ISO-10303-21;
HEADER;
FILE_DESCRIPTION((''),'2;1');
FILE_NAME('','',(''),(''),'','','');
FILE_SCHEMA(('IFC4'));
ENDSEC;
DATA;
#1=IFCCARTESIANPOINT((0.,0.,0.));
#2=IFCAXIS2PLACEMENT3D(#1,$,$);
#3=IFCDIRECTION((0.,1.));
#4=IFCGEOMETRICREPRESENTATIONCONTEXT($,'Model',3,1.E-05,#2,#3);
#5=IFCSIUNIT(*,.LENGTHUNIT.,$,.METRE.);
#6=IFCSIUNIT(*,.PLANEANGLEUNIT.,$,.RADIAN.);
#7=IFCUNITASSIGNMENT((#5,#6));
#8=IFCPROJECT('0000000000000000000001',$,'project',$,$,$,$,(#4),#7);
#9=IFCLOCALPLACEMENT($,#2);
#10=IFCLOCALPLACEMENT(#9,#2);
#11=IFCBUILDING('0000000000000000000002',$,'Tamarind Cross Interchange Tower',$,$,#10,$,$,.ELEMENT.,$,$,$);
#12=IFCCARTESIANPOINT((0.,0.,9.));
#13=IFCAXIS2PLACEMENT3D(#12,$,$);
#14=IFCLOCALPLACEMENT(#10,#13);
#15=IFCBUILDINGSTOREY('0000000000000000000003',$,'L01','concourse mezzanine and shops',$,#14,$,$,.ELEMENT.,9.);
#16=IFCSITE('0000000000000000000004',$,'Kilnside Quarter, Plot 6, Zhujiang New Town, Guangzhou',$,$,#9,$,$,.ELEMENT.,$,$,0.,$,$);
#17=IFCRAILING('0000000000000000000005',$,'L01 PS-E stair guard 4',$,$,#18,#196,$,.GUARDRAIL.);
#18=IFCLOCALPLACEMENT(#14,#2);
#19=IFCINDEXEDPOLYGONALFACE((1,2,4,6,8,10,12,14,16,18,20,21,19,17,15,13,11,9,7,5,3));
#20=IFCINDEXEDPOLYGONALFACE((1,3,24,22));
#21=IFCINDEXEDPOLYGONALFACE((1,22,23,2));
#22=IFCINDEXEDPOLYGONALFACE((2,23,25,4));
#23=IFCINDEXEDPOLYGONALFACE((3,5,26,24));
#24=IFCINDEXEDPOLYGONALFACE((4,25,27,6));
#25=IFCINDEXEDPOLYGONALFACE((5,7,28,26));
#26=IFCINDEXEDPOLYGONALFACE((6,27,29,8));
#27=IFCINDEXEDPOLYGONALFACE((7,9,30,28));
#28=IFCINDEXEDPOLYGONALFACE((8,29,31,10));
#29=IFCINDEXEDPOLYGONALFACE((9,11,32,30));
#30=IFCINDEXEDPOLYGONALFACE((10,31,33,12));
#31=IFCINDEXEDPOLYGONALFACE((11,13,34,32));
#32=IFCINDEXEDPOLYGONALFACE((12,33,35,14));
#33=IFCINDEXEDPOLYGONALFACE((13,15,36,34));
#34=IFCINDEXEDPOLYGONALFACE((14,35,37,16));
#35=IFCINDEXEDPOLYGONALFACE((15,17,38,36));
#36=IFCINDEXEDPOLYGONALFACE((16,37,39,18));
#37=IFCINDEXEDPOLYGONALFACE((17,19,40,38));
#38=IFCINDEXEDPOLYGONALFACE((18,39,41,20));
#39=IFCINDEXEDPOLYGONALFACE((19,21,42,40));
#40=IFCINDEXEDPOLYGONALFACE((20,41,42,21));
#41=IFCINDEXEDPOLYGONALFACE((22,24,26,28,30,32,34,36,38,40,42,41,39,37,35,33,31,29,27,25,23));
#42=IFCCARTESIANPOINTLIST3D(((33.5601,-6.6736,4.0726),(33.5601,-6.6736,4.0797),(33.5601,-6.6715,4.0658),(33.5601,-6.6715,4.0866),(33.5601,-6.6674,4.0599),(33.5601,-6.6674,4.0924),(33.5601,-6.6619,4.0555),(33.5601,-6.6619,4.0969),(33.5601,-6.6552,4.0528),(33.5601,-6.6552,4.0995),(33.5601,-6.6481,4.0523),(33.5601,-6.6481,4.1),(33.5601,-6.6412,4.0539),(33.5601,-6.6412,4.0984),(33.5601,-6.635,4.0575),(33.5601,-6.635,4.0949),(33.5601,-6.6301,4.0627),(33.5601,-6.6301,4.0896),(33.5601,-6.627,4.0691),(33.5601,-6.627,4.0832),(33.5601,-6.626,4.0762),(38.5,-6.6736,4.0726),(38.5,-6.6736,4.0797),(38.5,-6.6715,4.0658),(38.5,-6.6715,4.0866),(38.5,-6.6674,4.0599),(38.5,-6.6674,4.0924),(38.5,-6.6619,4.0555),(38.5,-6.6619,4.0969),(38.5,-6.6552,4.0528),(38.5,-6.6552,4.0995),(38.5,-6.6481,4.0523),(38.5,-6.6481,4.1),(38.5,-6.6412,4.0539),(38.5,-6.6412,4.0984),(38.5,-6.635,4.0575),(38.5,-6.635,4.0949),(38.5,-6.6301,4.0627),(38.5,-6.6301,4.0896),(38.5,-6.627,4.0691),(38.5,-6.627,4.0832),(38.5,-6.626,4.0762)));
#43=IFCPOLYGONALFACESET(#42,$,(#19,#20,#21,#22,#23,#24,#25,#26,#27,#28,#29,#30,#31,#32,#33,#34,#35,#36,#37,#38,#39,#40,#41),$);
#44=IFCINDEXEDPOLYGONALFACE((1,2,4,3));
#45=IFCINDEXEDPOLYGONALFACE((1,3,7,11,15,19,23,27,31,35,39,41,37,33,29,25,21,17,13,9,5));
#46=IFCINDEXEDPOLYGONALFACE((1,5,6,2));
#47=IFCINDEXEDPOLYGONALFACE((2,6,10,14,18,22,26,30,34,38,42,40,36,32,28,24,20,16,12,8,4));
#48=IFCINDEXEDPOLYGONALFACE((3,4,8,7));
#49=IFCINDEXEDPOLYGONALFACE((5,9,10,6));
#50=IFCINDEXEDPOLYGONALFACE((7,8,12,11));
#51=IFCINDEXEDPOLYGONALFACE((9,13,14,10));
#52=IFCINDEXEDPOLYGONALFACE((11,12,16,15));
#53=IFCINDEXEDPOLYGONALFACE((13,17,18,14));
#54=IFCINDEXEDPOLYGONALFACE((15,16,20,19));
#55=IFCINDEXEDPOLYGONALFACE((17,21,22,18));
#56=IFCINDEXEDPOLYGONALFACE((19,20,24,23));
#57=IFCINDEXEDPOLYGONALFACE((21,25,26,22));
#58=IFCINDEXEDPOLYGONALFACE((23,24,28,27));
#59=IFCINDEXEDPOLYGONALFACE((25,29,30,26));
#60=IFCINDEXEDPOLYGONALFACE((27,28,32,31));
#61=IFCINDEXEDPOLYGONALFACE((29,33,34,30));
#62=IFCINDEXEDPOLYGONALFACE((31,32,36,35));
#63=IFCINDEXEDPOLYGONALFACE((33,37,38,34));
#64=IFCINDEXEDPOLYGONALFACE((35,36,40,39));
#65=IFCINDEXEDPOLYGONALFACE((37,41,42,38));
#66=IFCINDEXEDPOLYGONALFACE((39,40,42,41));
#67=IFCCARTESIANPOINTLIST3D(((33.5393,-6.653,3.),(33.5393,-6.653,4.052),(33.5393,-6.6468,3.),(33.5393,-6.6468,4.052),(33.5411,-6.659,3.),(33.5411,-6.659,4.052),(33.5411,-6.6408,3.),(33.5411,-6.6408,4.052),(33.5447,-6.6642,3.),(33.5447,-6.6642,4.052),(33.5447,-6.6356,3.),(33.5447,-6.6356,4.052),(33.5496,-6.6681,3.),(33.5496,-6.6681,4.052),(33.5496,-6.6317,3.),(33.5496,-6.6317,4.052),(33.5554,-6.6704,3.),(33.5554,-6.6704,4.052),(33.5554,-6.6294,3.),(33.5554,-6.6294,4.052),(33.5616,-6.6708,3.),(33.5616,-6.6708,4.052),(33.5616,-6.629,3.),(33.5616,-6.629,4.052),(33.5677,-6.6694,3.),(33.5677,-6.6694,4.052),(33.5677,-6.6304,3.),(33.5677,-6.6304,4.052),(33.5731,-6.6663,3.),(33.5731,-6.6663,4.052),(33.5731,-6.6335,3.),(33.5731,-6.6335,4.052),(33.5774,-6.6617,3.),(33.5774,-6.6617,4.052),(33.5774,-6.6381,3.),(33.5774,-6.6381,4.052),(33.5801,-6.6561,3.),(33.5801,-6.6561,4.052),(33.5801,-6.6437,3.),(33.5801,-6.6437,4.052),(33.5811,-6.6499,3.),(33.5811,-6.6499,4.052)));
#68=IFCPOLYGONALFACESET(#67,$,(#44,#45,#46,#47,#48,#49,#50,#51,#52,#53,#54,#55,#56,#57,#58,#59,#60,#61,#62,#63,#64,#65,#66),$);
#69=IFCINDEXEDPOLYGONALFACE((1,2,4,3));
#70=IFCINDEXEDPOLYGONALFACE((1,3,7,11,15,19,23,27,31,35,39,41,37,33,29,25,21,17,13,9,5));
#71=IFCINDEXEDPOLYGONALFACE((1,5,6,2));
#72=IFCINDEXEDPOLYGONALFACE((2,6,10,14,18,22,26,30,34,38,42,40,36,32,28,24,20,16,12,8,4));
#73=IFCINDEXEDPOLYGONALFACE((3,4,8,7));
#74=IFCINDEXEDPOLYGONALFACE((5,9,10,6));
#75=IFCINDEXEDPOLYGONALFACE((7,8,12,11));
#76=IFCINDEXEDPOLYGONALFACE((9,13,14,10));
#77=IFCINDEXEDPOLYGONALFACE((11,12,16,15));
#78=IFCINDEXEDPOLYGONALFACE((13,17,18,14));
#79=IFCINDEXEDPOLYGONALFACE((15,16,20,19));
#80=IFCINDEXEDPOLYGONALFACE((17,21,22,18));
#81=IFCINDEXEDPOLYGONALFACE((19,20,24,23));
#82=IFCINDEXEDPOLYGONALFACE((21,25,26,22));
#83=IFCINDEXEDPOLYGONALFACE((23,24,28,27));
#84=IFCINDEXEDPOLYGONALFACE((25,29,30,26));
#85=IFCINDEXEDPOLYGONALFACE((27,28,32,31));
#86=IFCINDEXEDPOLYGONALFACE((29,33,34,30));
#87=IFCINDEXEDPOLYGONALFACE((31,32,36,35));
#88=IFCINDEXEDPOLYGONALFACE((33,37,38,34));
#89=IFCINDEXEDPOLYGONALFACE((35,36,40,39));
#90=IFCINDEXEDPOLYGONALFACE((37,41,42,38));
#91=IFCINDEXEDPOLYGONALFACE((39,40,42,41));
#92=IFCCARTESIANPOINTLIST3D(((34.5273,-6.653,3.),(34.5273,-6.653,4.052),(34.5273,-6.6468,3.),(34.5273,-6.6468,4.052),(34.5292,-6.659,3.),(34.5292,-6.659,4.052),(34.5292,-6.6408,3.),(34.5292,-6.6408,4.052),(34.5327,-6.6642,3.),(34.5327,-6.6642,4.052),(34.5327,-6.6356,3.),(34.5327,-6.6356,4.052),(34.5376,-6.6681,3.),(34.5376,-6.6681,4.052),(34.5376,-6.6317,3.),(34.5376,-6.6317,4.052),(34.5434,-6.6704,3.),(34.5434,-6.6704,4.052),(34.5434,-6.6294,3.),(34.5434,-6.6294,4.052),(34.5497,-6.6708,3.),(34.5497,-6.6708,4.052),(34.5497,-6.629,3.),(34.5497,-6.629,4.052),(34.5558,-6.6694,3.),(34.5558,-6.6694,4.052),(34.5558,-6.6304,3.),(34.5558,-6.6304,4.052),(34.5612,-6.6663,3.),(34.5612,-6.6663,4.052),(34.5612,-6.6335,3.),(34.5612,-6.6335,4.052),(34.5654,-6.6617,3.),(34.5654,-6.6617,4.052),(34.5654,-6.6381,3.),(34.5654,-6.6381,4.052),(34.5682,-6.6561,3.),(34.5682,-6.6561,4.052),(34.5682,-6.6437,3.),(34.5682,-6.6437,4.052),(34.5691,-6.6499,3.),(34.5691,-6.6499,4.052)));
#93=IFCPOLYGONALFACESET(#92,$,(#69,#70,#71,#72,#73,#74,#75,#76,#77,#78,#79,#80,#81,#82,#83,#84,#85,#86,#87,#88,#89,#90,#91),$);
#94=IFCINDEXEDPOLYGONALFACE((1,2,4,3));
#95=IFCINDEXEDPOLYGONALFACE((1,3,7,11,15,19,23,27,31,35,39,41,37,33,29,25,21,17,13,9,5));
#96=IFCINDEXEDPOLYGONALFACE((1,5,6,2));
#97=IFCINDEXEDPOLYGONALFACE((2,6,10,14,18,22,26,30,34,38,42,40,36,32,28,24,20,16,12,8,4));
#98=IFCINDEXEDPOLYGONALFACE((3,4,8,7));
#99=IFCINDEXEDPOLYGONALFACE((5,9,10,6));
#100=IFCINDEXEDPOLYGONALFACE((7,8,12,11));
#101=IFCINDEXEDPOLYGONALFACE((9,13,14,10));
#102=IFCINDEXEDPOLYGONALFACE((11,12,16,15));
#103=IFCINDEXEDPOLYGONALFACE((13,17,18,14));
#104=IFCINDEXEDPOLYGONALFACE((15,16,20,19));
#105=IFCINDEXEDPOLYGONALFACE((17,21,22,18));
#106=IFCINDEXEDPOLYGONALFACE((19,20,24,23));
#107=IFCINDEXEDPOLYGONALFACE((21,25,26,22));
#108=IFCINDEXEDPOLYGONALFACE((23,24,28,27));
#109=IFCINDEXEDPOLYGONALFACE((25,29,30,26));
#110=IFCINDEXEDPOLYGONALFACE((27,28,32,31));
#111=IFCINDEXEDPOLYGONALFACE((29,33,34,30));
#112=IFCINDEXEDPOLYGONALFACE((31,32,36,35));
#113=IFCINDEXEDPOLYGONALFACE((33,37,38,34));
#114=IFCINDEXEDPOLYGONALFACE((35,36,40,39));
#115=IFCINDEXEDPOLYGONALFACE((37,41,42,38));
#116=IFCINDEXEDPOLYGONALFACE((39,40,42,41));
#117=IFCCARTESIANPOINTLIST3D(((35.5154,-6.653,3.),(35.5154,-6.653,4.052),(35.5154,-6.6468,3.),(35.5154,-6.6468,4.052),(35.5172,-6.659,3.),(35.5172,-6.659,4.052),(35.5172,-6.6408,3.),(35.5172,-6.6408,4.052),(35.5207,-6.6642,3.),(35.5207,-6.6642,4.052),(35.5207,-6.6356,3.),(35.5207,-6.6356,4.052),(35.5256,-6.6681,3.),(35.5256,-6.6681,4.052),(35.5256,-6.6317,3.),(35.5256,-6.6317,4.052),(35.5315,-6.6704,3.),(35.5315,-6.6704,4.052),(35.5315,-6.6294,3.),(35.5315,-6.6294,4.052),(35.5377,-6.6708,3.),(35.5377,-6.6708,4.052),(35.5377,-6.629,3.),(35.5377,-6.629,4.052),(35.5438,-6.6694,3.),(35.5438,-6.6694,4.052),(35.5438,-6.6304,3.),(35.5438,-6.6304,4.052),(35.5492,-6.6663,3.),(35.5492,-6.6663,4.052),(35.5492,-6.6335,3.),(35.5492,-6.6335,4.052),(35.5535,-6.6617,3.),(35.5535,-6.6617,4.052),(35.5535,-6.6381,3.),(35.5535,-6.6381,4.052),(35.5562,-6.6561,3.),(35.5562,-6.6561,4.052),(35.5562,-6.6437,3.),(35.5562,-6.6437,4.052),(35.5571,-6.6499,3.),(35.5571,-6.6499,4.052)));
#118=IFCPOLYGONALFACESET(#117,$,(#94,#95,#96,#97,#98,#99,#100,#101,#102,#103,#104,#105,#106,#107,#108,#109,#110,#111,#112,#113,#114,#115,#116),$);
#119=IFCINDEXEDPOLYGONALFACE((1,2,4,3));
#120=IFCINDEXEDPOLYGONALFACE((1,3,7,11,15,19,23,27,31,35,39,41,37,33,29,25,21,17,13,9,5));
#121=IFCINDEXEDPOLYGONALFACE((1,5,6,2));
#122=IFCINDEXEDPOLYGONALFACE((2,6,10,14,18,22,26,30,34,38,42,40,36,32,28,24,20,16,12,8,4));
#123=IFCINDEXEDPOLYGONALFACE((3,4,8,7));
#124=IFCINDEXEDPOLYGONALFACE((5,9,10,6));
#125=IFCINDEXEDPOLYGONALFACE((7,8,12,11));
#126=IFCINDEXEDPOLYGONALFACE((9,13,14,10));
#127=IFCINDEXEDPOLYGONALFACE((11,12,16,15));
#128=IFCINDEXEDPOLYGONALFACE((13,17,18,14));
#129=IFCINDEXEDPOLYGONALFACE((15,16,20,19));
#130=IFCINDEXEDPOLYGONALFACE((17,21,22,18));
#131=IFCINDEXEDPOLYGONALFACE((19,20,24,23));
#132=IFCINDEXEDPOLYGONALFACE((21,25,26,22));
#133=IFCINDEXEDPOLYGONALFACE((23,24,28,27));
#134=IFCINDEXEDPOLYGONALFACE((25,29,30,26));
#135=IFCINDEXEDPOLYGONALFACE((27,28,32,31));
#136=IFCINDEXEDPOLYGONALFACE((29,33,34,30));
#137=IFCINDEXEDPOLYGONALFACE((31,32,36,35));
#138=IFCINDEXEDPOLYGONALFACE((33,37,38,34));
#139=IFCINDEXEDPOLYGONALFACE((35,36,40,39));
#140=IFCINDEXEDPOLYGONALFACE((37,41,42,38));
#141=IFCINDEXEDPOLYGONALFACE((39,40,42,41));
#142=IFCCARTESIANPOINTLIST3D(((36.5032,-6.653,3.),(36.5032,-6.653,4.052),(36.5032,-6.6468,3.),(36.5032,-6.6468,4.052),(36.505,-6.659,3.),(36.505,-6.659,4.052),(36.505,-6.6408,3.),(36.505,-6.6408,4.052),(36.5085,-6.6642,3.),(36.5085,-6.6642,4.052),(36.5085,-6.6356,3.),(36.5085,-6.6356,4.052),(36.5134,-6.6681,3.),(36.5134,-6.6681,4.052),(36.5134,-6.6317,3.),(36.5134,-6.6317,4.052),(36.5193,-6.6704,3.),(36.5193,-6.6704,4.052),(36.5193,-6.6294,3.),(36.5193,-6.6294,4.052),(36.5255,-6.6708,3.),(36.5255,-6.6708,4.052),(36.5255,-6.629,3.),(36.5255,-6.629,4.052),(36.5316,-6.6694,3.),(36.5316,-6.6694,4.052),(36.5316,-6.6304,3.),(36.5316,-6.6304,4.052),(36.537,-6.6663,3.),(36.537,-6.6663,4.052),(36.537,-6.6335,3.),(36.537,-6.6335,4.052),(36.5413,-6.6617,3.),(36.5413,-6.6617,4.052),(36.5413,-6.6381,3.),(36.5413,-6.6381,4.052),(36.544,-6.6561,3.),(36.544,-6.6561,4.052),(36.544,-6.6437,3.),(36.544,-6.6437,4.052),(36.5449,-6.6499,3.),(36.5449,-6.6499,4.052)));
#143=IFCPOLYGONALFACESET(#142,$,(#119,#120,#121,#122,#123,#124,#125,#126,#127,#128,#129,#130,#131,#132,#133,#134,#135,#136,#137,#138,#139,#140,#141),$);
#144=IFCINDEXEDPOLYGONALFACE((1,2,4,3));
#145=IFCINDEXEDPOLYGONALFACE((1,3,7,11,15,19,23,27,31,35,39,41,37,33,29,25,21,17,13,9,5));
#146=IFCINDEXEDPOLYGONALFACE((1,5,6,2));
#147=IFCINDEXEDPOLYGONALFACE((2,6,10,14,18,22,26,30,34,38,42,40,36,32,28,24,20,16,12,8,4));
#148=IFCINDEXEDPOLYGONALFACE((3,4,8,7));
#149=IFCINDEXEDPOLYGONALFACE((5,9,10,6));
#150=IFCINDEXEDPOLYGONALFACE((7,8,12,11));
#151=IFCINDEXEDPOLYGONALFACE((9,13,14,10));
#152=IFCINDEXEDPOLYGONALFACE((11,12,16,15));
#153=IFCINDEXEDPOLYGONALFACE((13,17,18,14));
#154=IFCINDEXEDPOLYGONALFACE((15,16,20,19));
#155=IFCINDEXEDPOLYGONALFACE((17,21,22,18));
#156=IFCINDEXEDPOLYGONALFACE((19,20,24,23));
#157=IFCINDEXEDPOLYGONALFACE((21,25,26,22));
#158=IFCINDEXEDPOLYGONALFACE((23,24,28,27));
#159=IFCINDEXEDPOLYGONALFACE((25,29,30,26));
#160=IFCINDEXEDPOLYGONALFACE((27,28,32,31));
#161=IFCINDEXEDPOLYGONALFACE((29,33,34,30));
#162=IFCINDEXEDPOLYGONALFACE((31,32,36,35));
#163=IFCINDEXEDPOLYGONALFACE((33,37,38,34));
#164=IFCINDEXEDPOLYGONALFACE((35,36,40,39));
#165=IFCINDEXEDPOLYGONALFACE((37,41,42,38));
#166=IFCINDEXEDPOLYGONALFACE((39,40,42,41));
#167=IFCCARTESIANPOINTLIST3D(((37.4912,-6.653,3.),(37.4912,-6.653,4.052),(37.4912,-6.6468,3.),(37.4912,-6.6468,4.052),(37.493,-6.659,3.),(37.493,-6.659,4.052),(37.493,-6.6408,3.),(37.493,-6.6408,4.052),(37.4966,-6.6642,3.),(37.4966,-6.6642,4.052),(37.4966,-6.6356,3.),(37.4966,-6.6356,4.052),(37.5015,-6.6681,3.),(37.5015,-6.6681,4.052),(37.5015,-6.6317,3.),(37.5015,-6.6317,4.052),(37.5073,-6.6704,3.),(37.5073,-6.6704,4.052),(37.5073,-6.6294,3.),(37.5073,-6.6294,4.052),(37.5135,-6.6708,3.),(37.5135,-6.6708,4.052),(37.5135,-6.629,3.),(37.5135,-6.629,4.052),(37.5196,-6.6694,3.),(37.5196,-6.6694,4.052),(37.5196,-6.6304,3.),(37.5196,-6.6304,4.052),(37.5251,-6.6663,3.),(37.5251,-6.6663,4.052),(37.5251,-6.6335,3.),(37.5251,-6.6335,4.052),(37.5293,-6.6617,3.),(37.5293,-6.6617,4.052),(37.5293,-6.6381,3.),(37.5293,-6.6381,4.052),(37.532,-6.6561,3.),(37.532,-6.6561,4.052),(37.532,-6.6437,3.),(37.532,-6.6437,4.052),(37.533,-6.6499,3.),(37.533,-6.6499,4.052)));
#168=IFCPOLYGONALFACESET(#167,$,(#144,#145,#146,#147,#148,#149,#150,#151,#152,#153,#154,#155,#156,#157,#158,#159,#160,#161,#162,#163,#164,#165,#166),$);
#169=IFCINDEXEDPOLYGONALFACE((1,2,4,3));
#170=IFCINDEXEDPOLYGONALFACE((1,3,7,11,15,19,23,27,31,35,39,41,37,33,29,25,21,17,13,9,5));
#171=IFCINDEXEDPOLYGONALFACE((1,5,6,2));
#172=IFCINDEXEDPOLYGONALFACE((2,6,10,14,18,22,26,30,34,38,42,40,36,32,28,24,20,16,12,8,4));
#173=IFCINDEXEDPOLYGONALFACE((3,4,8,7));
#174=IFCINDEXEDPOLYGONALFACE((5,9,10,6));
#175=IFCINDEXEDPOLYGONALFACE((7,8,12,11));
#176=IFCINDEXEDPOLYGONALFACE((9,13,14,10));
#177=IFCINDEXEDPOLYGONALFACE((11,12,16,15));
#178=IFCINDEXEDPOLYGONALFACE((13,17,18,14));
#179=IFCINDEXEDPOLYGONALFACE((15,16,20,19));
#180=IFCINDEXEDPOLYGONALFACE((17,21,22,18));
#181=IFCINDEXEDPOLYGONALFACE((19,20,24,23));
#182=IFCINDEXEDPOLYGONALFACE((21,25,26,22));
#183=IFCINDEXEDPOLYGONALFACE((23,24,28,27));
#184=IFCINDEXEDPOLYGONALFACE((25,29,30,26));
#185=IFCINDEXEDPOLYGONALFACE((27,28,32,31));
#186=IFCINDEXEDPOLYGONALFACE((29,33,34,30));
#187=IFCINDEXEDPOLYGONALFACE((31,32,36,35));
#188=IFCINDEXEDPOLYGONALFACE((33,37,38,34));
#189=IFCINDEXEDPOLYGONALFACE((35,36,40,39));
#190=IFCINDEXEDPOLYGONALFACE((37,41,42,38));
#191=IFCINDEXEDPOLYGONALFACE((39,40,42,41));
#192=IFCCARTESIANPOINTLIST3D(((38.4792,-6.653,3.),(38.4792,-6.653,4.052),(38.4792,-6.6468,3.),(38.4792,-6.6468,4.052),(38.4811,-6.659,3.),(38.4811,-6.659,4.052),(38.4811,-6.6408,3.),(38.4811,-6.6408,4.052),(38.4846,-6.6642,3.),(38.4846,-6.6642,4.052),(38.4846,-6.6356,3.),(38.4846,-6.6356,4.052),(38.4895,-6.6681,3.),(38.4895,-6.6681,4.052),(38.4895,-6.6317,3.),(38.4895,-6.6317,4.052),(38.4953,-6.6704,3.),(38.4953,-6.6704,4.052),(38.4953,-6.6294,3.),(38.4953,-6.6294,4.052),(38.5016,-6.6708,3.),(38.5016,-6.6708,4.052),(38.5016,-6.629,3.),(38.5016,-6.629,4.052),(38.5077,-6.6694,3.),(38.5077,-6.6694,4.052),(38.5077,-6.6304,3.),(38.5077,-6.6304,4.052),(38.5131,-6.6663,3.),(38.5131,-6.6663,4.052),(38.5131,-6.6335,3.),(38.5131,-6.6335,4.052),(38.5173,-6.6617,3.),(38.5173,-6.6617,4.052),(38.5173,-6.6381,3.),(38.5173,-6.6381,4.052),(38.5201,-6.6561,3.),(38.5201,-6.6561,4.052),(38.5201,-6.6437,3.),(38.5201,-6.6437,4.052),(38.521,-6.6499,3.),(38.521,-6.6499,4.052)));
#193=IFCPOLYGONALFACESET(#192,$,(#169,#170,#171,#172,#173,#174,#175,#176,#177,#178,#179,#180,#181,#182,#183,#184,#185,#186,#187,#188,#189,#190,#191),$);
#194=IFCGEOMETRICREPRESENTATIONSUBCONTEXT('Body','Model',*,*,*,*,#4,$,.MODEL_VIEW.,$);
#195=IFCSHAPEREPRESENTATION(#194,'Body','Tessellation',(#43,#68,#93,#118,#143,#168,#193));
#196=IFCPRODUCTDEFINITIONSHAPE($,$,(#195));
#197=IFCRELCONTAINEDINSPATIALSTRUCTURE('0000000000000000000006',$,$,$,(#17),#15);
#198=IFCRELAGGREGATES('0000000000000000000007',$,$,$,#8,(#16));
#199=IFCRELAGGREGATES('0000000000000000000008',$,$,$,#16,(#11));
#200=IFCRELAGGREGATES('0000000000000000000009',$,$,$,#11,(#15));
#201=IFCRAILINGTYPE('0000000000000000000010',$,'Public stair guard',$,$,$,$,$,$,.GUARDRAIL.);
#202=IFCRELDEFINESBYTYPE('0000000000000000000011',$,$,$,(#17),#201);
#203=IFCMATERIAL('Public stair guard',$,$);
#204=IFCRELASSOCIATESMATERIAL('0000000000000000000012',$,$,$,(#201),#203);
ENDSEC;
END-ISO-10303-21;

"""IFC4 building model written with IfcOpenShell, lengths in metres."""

from ifc_helpers import new_model, si_unit, direction, frame, origin, origin_2d, place, context, subcontext, project, spatial, circle, extrude, material, type_object, element, save


model = new_model("IFC4")

# Units and contexts
model_context = context("Model", 3, precision=1e-05, world=origin(), true_north=direction((0.0, 1.0)))
body_context = subcontext(model_context, "Body", "Model", "MODEL_VIEW")
ifc_project = project(units=[si_unit("LENGTHUNIT", "METRE"), si_unit("PLANEANGLEUNIT", "RADIAN")], contexts=[model_context])

# Site, building, storey
site_placement = place(None, origin())
site = spatial("IfcSite", under=ifc_project, at=site_placement, Name="Kilnside Quarter, Plot 6, Zhujiang New Town, Guangzhou", CompositionType="ELEMENT", RefElevation=0.0)
building_placement = place(site_placement, origin())
building = spatial("IfcBuilding", under=site, at=building_placement, Name="Tamarind Cross Interchange Tower", CompositionType="ELEMENT")
storey_placement = place(building_placement, frame((0.0, 0.0, 9.0)))
storey = spatial("IfcBuildingStorey", under=building, at=storey_placement, Name="L01", Description="concourse mezzanine and shops", CompositionType="ELEMENT", Elevation=9.0)

# Railing
ifc_material_1 = material(Name="Public stair guard")
railing_type_1 = type_object("IfcRailingType", Name="Public stair guard", PredefinedType="GUARDRAIL", material=ifc_material_1)
for number, where, name in (
    (1, (33.5601, -6.6499, 3.0), "L01 PS-E stair guard 4"),
):
    element("IfcRailing", number, at=place(storey_placement, frame(where)), inside=storey, type_object=railing_type_1, Name=name, PredefinedType="GUARDRAIL", context=body_context, shape_type="SweptSolid", body=[
        extrude(circle(Radius=0.0239, at=origin_2d()), frame((0.0, 0.0, 1.0762), z_axis=(1.0, 0.0, 0.0), x_axis=(0.0, 1.0, 0.0)), (0.0, 0.0, 1.0), 4.9399),
        extrude(circle(Radius=0.021, at=origin_2d()), origin(), (0.0, 0.0, 1.0), 1.052),
        extrude(circle(Radius=0.021, at=origin_2d()), frame((0.988, 0.0, 0.0)), (0.0, 0.0, 1.0), 1.052),
        extrude(circle(Radius=0.021, at=origin_2d()), frame((1.9761, 0.0, 0.0)), (0.0, 0.0, 1.0), 1.052),
        extrude(circle(Radius=0.021, at=origin_2d()), frame((2.9639, 0.0, 0.0)), (0.0, 0.0, 1.0), 1.052),
        extrude(circle(Radius=0.021, at=origin_2d()), frame((3.9519, 0.0, 0.0)), (0.0, 0.0, 1.0), 1.052),
        extrude(circle(Radius=0.021, at=origin_2d()), frame((4.9399, 0.0, 0.0)), (0.0, 0.0, 1.0), 1.052),
    ])

save(model, "model.ifc")
